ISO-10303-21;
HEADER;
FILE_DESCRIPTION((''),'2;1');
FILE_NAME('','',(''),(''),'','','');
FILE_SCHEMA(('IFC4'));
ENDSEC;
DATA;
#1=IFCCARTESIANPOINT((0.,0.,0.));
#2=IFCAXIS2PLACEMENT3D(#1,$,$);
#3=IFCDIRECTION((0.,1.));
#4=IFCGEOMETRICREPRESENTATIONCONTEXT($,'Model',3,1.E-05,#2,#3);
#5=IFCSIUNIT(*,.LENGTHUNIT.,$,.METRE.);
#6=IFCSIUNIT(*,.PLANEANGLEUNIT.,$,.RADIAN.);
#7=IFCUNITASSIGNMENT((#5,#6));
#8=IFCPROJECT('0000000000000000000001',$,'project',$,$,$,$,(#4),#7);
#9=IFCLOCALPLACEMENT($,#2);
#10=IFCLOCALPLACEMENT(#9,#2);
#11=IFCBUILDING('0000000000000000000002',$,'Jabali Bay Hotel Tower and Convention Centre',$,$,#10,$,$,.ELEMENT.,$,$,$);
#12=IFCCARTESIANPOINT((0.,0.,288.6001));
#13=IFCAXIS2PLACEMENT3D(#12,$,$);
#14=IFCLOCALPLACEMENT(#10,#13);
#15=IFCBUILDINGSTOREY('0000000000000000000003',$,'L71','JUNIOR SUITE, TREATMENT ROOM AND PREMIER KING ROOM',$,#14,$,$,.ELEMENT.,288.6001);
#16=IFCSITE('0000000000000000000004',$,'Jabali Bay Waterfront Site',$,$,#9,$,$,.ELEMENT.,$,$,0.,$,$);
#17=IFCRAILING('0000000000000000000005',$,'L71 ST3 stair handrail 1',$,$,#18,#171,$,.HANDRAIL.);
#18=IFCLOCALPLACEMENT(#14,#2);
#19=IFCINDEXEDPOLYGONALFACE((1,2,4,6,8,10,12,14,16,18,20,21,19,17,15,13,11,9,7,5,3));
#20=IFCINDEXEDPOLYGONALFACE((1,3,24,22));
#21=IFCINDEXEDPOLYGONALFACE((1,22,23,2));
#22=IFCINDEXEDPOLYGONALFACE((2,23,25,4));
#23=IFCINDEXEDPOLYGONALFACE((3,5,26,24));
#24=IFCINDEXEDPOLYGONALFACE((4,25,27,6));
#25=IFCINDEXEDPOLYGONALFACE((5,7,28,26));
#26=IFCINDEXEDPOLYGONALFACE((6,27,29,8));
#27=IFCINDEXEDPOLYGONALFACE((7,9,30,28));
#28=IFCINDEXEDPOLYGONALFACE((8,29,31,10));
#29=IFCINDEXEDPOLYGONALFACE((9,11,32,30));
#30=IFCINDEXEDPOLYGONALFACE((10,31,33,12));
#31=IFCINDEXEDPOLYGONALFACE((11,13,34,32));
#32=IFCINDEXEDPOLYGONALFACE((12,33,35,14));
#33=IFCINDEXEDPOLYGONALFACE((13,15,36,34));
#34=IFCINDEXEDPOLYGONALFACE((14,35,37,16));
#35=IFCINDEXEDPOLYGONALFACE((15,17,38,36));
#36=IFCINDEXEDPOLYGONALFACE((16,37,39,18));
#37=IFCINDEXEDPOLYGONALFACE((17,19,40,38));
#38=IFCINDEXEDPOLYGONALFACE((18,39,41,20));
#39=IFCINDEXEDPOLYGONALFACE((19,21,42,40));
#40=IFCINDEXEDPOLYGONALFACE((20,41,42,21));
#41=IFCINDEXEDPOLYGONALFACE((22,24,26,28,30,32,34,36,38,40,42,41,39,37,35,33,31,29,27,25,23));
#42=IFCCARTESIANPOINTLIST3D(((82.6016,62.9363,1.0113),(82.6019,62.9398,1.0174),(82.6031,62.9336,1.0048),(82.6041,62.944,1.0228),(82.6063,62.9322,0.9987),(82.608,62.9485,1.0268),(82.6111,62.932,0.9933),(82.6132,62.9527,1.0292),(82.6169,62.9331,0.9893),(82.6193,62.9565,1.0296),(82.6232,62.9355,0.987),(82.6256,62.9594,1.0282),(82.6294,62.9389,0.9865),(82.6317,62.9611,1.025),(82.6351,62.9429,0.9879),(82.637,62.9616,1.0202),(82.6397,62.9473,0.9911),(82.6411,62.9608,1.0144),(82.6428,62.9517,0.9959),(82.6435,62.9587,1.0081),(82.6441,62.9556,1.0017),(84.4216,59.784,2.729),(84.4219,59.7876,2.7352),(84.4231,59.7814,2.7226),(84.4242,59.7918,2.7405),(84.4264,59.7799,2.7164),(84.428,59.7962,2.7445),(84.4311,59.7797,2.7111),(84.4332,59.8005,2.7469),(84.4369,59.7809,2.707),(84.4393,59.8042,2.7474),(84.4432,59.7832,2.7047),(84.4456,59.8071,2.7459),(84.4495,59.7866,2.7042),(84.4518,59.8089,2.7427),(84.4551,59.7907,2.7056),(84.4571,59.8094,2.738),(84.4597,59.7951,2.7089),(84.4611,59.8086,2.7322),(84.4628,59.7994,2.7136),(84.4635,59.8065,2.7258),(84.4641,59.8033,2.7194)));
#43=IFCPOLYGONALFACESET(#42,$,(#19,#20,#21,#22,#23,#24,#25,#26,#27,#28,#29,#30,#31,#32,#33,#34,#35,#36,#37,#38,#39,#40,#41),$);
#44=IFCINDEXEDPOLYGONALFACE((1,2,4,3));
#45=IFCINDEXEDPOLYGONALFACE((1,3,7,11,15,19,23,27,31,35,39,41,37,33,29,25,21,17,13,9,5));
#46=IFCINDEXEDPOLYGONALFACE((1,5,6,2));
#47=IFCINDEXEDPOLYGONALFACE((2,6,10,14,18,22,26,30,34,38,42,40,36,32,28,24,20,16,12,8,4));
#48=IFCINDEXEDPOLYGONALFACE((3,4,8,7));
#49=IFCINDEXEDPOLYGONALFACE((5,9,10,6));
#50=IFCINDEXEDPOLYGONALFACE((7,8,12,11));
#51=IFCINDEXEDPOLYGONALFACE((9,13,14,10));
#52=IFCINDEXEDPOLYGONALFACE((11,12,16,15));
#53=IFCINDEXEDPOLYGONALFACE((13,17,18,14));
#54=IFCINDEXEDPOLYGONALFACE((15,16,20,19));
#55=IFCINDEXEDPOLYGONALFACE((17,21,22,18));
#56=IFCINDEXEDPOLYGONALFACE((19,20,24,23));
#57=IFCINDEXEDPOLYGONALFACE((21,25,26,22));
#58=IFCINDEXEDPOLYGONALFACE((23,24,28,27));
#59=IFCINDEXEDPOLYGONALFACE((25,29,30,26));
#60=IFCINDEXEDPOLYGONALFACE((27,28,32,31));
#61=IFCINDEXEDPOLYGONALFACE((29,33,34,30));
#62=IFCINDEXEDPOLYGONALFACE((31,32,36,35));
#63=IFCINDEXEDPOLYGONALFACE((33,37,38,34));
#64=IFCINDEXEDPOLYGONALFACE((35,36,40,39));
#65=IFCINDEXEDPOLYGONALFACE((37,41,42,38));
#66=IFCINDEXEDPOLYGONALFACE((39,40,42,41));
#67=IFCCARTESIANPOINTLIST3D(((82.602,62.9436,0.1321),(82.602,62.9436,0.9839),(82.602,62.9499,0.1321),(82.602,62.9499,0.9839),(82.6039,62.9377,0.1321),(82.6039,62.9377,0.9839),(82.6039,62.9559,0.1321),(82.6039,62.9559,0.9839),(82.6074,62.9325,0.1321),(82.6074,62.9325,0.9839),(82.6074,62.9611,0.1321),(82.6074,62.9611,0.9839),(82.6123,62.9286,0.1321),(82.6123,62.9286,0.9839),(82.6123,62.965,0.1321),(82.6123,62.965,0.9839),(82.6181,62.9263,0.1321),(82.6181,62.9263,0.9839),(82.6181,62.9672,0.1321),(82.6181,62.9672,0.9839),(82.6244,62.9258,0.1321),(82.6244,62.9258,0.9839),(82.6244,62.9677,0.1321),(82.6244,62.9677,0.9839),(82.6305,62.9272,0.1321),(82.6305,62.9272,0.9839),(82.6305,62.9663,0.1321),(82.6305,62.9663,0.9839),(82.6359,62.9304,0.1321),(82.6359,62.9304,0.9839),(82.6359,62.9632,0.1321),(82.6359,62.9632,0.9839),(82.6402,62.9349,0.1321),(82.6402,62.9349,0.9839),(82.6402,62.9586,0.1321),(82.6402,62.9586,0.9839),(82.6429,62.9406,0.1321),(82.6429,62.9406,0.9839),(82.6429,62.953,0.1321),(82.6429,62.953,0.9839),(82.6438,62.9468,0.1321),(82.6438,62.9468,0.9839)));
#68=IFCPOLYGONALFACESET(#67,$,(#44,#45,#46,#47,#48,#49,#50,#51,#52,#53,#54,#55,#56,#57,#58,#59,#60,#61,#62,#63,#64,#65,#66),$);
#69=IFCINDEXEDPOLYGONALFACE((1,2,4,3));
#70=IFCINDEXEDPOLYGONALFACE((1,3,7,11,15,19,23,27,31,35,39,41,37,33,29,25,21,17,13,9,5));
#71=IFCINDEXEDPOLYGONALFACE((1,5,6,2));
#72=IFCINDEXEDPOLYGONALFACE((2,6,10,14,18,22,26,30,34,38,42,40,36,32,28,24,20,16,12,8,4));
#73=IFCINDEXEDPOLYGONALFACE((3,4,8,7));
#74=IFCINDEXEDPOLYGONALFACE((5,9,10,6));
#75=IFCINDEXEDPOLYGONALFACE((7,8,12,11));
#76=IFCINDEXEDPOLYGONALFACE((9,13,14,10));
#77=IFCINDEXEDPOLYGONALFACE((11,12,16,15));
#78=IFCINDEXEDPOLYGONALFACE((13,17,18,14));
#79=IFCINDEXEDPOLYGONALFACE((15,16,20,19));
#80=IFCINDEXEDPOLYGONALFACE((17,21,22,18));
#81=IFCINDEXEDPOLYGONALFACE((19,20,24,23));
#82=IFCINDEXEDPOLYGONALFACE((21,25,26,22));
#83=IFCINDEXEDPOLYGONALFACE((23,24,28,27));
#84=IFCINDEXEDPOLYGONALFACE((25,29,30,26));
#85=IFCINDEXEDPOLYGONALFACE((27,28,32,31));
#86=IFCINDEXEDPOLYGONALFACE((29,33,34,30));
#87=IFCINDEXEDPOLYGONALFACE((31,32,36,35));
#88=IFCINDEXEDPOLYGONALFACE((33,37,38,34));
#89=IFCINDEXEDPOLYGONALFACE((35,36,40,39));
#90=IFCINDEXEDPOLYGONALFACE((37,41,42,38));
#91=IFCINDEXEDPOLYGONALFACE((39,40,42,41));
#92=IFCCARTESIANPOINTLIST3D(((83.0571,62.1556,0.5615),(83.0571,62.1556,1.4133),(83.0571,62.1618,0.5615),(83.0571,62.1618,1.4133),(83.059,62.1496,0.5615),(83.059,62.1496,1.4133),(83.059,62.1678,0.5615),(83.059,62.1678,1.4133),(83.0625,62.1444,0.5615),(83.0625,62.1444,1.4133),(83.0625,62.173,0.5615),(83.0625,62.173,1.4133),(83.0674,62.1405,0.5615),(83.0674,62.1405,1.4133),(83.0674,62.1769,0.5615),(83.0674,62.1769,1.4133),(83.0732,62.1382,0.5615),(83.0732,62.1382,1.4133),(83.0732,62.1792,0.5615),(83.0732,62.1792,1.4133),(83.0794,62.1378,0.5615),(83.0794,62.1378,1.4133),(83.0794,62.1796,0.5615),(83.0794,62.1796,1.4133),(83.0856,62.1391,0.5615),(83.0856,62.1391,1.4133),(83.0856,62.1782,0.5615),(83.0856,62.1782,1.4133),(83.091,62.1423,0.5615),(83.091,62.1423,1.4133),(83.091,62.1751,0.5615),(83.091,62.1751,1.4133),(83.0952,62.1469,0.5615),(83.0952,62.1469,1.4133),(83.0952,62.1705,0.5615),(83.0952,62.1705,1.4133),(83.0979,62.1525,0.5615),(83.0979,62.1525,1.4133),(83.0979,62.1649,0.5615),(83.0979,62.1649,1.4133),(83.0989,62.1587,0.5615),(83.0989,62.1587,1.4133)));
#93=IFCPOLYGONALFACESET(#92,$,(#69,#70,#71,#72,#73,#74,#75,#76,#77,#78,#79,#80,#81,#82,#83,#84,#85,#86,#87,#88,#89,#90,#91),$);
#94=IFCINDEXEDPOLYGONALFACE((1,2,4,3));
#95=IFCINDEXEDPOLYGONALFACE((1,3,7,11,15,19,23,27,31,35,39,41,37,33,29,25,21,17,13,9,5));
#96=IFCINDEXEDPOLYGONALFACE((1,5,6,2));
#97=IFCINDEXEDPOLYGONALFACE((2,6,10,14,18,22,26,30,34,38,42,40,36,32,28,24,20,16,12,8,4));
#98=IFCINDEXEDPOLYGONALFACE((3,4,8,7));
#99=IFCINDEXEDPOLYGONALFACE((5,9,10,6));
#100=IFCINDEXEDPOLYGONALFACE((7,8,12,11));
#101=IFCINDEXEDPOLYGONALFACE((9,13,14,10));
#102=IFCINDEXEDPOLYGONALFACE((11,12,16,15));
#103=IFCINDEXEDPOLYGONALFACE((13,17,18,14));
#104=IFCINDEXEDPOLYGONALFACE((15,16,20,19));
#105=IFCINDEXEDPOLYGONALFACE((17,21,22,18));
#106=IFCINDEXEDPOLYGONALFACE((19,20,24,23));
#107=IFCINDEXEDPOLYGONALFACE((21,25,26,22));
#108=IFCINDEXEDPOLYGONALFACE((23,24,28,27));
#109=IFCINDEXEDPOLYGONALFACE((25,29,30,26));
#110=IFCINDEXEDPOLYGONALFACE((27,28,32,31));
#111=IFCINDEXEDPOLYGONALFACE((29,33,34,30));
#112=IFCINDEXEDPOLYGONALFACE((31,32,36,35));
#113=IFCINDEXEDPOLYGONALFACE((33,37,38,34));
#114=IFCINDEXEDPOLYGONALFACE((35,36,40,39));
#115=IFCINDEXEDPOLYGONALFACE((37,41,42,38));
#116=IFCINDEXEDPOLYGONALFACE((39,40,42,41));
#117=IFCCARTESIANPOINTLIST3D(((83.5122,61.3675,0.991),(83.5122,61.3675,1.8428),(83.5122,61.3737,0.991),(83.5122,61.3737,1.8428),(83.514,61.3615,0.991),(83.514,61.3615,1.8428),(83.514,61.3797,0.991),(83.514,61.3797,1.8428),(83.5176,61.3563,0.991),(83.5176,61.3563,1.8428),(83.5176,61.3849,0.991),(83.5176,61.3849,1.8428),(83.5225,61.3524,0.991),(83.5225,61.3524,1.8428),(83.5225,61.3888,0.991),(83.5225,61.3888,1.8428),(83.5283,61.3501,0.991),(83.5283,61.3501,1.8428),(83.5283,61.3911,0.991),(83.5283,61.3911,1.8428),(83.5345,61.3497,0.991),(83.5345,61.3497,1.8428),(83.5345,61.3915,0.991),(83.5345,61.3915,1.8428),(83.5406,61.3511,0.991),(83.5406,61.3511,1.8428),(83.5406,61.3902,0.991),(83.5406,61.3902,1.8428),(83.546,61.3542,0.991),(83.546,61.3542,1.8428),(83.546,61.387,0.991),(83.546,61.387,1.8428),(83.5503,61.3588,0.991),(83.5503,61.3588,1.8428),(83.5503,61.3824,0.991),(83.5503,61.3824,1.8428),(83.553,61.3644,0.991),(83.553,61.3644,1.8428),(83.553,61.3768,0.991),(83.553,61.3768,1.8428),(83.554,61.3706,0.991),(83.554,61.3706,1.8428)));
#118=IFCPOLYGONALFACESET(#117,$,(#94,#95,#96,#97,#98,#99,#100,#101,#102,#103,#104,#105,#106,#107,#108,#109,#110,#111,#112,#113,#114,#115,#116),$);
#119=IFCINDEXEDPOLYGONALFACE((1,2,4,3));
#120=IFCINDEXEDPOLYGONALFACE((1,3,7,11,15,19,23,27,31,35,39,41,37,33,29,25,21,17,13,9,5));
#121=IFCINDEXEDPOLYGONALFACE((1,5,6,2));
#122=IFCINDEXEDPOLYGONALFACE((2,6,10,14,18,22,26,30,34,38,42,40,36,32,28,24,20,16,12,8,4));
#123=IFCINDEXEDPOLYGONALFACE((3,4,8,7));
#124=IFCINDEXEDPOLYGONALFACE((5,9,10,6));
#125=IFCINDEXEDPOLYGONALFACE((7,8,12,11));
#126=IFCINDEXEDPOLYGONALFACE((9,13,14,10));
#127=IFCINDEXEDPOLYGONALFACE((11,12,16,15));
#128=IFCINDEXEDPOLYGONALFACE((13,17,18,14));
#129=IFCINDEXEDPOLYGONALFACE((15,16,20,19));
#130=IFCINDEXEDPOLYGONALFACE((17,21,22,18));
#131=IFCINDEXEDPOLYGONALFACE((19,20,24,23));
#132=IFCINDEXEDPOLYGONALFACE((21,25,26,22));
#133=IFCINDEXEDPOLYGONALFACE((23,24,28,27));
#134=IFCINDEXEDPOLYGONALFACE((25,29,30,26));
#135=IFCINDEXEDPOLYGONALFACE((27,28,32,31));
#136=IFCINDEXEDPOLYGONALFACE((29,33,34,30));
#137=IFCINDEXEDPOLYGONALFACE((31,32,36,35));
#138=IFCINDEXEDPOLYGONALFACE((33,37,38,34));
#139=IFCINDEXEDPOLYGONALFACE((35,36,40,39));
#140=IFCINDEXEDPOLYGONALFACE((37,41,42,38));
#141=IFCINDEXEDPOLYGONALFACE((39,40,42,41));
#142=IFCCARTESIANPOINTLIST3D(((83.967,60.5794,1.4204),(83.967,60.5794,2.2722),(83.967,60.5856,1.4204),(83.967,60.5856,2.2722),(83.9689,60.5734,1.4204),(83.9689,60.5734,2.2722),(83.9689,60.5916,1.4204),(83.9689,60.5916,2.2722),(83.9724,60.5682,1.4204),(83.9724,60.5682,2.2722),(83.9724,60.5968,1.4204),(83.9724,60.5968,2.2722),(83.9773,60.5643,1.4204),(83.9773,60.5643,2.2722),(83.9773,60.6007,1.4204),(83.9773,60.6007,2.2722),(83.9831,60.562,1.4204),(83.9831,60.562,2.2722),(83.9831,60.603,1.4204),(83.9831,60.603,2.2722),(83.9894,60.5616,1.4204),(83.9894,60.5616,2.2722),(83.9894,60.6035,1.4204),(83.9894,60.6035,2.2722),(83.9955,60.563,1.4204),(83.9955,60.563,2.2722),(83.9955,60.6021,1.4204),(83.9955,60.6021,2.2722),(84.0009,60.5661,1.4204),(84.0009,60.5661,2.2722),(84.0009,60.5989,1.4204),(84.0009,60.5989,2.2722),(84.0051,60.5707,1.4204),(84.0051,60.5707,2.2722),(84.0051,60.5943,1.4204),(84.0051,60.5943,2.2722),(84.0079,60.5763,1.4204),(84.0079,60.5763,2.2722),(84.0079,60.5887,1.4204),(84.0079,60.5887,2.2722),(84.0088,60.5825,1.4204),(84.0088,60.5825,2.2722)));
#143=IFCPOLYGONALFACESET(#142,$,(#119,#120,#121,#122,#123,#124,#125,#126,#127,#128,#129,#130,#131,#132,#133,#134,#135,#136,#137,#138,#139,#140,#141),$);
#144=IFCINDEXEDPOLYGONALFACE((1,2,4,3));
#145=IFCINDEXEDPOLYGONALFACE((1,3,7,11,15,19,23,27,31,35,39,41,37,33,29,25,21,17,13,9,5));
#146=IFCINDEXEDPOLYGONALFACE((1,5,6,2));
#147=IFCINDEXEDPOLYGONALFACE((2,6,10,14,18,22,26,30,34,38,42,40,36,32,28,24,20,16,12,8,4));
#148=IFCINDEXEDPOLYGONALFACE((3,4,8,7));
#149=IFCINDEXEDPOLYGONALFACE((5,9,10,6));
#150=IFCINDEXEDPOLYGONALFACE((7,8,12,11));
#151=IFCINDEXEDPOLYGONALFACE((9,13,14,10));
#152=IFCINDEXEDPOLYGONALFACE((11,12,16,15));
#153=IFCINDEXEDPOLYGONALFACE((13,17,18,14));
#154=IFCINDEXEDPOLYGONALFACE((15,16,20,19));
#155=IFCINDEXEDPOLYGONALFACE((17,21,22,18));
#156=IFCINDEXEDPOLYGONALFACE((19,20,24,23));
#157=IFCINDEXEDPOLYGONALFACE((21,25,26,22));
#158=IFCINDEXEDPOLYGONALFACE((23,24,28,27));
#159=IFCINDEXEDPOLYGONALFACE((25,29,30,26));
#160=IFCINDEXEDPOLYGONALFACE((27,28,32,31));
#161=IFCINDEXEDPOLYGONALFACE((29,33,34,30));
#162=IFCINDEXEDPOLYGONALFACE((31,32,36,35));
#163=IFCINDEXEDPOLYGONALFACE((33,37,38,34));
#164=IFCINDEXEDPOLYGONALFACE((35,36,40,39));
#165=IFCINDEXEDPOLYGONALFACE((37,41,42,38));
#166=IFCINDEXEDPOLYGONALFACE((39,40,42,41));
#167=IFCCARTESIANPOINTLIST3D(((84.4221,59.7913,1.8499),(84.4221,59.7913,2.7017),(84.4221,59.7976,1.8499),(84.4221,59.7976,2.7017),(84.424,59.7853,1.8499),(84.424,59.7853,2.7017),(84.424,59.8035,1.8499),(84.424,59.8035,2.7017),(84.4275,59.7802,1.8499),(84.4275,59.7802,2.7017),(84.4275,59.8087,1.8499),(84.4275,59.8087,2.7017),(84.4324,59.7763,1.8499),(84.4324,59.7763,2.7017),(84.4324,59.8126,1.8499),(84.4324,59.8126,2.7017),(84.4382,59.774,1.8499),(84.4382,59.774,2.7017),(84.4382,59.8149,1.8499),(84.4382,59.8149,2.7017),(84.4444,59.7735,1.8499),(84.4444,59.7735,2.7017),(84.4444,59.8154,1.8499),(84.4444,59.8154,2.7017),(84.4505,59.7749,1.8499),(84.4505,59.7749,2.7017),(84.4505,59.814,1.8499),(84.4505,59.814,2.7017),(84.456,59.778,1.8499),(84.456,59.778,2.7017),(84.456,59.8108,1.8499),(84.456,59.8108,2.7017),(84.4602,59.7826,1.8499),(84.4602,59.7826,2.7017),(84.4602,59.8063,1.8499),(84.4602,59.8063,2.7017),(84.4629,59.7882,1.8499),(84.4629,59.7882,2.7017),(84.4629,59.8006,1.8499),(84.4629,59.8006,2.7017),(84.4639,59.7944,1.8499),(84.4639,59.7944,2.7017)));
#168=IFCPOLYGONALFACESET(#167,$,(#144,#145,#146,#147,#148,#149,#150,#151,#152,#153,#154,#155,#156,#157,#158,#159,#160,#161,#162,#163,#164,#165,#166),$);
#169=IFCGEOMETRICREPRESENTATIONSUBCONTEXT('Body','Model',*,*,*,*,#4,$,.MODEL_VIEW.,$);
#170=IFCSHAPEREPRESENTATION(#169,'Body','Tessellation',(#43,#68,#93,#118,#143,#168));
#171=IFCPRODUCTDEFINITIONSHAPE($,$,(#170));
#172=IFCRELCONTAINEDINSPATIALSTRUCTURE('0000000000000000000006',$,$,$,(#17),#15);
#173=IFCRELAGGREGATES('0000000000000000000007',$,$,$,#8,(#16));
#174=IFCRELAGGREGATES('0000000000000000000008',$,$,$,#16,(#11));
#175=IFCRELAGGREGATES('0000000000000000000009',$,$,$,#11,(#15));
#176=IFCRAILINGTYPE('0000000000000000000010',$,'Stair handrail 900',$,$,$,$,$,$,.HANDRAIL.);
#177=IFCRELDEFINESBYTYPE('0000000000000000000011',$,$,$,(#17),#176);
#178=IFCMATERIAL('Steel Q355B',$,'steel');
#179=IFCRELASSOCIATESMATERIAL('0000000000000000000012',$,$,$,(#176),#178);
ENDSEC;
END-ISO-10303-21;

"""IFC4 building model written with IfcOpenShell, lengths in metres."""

from ifc_helpers import new_model, si_unit, direction, frame, origin, origin_2d, place, context, subcontext, project, spatial, circle, extrude, material, type_object, element, save


model = new_model("IFC4")

# Units and contexts
model_context = context("Model", 3, precision=1e-05, world=origin(), true_north=direction((0.0, 1.0)))
body_context = subcontext(model_context, "Body", "Model", "MODEL_VIEW")
ifc_project = project(units=[si_unit("LENGTHUNIT", "METRE"), si_unit("PLANEANGLEUNIT", "RADIAN")], contexts=[model_context])

# Site, building, storey
site_placement = place(None, origin())
site = spatial("IfcSite", under=ifc_project, at=site_placement, Name="Jabali Bay Waterfront Site", CompositionType="ELEMENT", RefElevation=0.0)
building_placement = place(site_placement, origin())
building = spatial("IfcBuilding", under=site, at=building_placement, Name="Jabali Bay Hotel Tower and Convention Centre", CompositionType="ELEMENT")
storey_placement = place(building_placement, frame((0.0, 0.0, 288.6001)))
storey = spatial("IfcBuildingStorey", under=building, at=storey_placement, Name="L71", Description="JUNIOR SUITE, TREATMENT ROOM AND PREMIER KING ROOM", CompositionType="ELEMENT", Elevation=288.6001)

# Railing
ifc_material_1 = material(Name="Steel Q355B", Category="steel")
railing_type_1 = type_object("IfcRailingType", Name="Stair handrail 900", PredefinedType="HANDRAIL", material=ifc_material_1)
railing_1_placement = place(storey_placement, frame((82.6228, 62.9468, 0.1321)))
element("IfcRailing", 1, at=railing_1_placement, inside=storey, type_object=railing_type_1, Name="L71 ST3 stair handrail 1", PredefinedType="HANDRAIL", context=body_context, shape_type="SweptSolid", body=[
    extrude(circle(Radius=0.0239, at=origin_2d()), frame((0.0, 0.0, 0.876), z_axis=(0.45219, -0.78319, 0.426775), x_axis=(0.866018, 0.500013, 0.0)), (0.0, 0.0, 1.0), 4.0249),
    extrude(circle(Radius=0.021, at=origin_2d()), origin(), (0.0, 0.0, 1.0), 0.8518),
    extrude(circle(Radius=0.021, at=origin_2d()), frame((0.4551, -0.7881, 0.4294)), (0.0, 0.0, 1.0), 0.8518),
    extrude(circle(Radius=0.021, at=origin_2d()), frame((0.9102, -1.5762, 0.8589)), (0.0, 0.0, 1.0), 0.8518),
    extrude(circle(Radius=0.021, at=origin_2d()), frame((1.365, -2.3643, 1.2883)), (0.0, 0.0, 1.0), 0.8518),
    extrude(circle(Radius=0.021, at=origin_2d()), frame((1.8201, -3.1523, 1.7178)), (0.0, 0.0, 1.0), 0.8518),
])

save(model, "model.ifc")
